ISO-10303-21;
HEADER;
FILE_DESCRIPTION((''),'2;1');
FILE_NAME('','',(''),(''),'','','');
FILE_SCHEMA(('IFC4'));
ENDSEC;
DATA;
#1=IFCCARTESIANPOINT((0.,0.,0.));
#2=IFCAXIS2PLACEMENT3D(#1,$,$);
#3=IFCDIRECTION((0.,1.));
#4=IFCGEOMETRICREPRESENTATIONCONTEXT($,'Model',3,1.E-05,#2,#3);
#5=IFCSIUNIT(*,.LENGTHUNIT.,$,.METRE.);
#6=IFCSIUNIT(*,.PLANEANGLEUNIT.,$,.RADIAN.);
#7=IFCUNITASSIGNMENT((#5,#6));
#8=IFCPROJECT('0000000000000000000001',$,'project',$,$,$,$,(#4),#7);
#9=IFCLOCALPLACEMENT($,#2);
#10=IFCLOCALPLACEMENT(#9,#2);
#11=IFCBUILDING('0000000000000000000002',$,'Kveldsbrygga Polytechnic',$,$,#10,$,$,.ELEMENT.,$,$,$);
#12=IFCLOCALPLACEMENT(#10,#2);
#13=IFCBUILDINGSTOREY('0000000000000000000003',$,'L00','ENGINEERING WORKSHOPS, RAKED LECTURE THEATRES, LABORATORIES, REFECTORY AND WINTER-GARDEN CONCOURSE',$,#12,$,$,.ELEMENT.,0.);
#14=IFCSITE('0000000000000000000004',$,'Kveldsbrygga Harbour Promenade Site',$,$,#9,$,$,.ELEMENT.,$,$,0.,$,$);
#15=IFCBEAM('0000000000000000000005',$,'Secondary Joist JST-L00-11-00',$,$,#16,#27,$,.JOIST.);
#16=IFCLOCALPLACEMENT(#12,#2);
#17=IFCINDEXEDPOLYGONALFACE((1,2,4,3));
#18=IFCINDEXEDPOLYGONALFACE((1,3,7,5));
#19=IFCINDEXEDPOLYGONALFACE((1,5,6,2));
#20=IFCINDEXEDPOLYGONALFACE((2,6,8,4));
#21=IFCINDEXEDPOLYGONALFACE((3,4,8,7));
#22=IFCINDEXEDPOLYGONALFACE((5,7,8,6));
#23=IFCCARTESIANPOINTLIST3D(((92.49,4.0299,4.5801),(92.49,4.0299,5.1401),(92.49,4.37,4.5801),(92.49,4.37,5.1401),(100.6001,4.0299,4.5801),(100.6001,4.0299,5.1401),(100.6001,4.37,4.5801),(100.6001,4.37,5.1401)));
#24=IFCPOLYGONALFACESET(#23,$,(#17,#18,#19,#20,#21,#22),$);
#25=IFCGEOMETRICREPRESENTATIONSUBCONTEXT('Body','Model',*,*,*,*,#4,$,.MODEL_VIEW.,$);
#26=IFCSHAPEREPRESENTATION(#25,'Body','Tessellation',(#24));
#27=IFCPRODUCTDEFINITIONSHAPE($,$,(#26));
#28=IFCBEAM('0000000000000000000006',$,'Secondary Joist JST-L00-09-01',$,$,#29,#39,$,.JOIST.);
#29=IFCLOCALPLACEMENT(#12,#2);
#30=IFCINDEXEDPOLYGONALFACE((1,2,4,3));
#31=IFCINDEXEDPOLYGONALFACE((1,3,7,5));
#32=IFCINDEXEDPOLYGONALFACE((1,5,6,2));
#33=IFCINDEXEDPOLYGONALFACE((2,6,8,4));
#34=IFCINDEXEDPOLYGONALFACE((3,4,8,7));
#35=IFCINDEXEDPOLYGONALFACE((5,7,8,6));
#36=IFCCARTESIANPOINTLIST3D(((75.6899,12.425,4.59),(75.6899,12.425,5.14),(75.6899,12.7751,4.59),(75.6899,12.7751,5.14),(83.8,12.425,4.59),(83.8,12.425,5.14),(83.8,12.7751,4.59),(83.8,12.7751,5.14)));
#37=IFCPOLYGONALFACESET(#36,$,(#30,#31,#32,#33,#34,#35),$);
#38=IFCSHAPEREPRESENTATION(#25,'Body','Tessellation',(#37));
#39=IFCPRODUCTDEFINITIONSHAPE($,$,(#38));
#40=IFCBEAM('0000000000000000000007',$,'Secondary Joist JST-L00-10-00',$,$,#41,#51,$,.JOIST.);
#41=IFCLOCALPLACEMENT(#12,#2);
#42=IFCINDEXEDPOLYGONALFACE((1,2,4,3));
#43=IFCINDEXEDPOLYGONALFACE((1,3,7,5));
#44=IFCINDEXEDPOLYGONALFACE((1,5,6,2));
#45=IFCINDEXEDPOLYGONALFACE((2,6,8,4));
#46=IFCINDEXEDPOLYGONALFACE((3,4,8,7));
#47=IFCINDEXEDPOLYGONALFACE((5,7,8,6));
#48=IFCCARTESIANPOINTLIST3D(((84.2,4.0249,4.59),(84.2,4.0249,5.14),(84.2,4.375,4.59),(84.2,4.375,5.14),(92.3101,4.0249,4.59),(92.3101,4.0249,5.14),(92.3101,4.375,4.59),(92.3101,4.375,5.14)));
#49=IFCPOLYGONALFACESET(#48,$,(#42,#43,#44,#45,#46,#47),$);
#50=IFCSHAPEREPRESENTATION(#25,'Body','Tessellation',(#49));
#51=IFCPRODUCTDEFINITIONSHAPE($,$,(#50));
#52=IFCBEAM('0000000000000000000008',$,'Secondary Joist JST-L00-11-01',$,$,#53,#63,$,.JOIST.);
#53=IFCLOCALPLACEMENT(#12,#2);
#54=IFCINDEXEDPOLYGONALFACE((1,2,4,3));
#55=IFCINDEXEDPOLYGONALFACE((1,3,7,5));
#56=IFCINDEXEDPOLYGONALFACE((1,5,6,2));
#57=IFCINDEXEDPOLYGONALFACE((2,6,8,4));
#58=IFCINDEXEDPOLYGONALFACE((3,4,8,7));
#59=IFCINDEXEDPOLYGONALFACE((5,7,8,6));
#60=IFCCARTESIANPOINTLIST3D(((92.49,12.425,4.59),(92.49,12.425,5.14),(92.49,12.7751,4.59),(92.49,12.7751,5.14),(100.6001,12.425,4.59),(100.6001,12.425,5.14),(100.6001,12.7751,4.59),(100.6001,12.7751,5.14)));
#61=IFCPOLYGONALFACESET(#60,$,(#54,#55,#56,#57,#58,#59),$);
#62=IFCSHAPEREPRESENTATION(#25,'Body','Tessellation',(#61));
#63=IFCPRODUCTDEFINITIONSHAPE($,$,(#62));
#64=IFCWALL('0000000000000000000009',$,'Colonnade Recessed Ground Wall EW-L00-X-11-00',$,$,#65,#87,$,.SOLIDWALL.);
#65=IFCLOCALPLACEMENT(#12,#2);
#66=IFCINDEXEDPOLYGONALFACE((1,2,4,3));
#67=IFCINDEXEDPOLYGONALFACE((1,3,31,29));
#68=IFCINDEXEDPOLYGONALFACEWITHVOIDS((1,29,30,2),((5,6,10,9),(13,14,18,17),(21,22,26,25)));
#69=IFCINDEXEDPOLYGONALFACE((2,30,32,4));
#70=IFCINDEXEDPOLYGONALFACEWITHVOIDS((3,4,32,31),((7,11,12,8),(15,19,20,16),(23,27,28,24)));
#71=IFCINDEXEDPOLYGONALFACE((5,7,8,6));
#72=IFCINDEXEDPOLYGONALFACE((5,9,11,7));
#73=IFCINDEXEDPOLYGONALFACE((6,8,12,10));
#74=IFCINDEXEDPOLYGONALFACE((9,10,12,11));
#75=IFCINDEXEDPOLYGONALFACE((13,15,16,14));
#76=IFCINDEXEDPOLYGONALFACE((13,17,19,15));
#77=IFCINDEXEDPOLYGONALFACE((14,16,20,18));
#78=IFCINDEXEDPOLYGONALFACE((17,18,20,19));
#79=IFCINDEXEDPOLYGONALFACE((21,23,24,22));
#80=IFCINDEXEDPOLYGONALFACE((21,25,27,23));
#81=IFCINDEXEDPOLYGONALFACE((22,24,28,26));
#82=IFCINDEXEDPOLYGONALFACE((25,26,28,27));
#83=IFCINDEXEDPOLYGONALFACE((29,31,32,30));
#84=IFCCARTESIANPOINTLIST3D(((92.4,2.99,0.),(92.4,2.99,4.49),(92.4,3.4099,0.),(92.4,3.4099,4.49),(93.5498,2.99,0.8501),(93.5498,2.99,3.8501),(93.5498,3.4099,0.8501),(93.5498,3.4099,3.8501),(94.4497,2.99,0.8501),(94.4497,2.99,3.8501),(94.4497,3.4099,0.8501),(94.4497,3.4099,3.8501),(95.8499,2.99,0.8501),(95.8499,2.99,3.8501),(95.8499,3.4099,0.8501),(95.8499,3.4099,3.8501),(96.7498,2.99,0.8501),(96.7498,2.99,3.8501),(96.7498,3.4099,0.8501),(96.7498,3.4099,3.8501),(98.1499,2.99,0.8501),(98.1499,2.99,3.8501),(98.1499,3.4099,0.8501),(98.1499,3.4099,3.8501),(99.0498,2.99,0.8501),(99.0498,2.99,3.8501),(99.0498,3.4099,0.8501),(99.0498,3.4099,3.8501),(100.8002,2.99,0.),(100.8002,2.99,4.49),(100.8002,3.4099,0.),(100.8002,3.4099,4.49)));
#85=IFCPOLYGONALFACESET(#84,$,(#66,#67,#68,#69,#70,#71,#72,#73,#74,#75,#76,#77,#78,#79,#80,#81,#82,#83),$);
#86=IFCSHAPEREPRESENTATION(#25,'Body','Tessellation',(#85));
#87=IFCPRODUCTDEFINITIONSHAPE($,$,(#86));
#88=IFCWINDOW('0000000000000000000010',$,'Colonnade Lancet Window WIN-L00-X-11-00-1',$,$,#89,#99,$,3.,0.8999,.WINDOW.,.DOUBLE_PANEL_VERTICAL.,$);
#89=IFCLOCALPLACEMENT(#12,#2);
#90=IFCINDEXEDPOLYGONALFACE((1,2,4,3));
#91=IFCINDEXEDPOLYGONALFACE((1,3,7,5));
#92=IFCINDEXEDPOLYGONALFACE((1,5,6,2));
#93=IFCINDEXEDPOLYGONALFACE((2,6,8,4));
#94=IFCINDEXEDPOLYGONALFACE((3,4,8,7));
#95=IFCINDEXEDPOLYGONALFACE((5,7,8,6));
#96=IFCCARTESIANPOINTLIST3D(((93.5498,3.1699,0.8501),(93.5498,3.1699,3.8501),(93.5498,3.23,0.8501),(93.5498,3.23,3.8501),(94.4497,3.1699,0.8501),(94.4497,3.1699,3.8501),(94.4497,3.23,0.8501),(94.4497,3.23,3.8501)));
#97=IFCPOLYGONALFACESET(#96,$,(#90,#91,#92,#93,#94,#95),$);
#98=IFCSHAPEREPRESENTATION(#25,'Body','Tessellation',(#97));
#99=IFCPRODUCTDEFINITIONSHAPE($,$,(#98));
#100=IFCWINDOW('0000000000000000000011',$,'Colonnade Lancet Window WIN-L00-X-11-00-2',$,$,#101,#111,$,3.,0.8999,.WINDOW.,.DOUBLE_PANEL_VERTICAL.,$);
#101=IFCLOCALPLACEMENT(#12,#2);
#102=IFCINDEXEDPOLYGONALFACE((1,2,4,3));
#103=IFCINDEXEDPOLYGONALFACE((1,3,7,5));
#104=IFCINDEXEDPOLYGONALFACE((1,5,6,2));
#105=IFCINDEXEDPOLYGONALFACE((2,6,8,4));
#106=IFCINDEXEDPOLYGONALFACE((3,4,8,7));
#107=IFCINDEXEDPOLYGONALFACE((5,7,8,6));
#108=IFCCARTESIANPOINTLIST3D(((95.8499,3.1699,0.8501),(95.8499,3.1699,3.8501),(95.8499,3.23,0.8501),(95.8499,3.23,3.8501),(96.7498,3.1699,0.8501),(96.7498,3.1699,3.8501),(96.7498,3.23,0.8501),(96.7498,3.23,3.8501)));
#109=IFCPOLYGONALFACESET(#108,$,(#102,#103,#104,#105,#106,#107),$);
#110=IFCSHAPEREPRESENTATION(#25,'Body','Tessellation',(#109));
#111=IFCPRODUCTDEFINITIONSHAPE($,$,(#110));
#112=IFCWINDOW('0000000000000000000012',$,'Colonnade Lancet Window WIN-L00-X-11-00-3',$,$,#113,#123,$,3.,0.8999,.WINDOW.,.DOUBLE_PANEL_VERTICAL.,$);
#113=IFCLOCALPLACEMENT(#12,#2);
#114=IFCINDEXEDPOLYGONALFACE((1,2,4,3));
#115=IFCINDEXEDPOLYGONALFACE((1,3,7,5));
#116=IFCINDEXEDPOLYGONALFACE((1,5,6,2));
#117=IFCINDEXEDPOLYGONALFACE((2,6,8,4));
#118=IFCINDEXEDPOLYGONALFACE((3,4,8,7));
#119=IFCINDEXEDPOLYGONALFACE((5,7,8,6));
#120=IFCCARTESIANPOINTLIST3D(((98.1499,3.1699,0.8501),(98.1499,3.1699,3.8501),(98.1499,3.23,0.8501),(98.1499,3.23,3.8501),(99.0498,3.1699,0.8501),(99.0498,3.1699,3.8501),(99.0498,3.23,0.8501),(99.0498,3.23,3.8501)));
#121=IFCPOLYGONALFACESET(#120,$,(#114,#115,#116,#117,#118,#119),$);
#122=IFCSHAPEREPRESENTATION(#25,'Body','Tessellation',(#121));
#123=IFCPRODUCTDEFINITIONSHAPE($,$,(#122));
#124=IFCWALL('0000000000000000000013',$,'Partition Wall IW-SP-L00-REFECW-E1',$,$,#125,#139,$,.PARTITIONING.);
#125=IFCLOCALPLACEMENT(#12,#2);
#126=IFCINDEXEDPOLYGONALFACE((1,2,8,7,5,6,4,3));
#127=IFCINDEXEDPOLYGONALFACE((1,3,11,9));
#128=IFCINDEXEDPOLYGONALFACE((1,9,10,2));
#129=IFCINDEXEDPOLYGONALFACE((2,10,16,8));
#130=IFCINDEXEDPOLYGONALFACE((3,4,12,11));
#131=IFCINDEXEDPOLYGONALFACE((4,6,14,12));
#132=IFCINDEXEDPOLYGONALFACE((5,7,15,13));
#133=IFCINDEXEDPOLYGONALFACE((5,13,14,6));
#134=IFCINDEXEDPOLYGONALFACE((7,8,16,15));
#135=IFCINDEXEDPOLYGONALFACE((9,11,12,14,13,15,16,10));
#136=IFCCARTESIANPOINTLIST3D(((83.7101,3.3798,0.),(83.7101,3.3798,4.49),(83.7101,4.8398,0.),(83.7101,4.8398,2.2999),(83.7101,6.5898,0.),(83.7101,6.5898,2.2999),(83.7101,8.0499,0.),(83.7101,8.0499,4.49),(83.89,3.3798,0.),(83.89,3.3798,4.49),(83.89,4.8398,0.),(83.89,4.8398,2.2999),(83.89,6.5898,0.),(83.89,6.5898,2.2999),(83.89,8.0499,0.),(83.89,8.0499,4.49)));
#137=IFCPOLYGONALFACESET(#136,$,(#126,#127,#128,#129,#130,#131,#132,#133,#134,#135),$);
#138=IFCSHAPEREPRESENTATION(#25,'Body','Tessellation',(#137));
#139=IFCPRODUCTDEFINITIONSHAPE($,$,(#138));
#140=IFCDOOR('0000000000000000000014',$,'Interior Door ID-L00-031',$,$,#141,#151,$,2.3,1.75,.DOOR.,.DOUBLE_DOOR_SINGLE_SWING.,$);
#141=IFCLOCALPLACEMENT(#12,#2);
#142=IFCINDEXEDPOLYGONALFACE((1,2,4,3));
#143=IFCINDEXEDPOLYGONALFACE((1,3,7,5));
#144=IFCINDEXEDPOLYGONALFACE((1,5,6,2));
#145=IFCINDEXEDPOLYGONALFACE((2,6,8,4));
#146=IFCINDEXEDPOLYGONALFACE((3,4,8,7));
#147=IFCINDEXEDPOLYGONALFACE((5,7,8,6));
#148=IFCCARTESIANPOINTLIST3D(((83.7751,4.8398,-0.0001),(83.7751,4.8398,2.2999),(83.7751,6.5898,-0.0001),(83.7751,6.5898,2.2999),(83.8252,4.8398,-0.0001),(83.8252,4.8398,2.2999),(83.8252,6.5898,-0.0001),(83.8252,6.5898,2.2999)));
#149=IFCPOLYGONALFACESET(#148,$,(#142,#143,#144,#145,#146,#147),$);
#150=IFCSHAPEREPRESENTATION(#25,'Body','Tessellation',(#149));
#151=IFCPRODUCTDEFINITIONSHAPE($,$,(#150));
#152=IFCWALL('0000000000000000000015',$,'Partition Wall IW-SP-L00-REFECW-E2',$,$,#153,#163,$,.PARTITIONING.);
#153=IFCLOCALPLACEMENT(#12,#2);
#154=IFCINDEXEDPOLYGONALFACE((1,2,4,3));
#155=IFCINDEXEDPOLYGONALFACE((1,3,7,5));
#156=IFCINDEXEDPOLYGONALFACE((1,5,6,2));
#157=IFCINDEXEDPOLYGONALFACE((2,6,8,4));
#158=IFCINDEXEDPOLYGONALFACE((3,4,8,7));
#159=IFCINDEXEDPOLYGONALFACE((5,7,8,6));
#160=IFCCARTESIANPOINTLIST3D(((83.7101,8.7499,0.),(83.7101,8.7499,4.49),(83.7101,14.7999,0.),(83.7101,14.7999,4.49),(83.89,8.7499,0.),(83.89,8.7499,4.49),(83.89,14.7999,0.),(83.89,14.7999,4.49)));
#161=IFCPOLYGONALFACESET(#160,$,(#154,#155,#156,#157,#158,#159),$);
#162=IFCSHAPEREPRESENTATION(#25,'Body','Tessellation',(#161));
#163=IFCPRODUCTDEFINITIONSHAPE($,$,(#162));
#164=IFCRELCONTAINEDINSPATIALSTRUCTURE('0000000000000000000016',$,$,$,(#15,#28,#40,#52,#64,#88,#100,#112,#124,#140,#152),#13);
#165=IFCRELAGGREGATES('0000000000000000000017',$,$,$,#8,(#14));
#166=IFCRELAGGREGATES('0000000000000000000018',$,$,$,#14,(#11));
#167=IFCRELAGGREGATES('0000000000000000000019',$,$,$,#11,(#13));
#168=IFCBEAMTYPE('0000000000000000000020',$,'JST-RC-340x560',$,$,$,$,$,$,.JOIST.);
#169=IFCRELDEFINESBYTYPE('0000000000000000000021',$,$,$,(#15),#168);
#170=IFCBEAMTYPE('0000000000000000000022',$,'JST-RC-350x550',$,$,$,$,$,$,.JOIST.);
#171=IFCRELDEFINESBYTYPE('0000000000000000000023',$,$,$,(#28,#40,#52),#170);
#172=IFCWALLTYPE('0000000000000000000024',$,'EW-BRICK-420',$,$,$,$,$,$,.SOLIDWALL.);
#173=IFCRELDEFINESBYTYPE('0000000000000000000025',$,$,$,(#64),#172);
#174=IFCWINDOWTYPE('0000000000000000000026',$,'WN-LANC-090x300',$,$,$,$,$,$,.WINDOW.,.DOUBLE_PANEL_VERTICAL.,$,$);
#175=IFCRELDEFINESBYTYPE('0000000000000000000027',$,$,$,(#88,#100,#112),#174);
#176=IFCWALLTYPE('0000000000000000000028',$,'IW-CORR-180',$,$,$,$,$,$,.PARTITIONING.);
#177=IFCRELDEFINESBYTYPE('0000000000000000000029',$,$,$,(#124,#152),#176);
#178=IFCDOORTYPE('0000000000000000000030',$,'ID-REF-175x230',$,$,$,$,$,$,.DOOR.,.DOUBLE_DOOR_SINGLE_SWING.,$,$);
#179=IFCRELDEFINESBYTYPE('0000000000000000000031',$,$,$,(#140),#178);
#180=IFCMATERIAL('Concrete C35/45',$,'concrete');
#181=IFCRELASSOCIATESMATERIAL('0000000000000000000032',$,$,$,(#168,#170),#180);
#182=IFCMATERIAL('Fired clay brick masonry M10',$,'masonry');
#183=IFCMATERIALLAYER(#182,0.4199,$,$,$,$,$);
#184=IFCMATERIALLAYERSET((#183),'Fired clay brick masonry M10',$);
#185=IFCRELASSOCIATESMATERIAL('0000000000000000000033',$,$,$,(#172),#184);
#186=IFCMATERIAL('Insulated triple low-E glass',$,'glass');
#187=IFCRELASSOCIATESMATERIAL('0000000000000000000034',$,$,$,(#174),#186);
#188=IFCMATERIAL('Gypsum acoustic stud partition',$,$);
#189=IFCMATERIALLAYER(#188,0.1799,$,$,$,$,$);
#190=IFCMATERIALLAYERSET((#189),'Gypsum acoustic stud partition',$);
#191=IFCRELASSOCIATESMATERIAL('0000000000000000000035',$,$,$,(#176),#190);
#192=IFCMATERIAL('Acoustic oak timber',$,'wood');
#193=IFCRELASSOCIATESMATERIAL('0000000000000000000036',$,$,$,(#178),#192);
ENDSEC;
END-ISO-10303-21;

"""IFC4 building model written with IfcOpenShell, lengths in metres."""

from ifc_helpers import new_model, si_unit, direction, frame, frame_2d, origin, origin_2d, place, context, subcontext, project, spatial, rectangle, extrude, material, layer, layer_set, material_profile, profile_set, type_object, element, fill, save


model = new_model("IFC4")

# Units and contexts
model_context = context("Model", 3, precision=1e-05, world=origin(), true_north=direction((0.0, 1.0)))
body_context = subcontext(model_context, "Body", "Model", "MODEL_VIEW")
ifc_project = project(units=[si_unit("LENGTHUNIT", "METRE"), si_unit("PLANEANGLEUNIT", "RADIAN")], contexts=[model_context])

# Site, building, storey
site_placement = place(None, origin())
site = spatial("IfcSite", under=ifc_project, at=site_placement, Name="Kveldsbrygga Harbour Promenade Site", CompositionType="ELEMENT", RefElevation=0.0)
building_placement = place(site_placement, origin())
building = spatial("IfcBuilding", under=site, at=building_placement, Name="Kveldsbrygga Polytechnic", CompositionType="ELEMENT")
storey_placement = place(building_placement, origin())
storey = spatial("IfcBuildingStorey", under=building, at=storey_placement, Name="L00", Description="ENGINEERING WORKSHOPS, RAKED LECTURE THEATRES, LABORATORIES, REFECTORY AND WINTER-GARDEN CONCOURSE", CompositionType="ELEMENT", Elevation=0.0)

# Beams
ifc_material_1 = material(Name="Concrete C35/45", Category="concrete")
ifc_material_profile_1 = material_profile(ifc_material_1, rectangle(XDim=0.3401, YDim=0.5601, at=origin_2d()), Name="RC 340x560")
ifc_profile_set_1 = profile_set([ifc_material_profile_1], Name="Concrete C35/45")
beam_type_1 = type_object("IfcBeamType", Name="JST-RC-340x560", PredefinedType="JOIST", material=ifc_profile_set_1)
for number, where, z_axis, x_axis, name in (
    (1, (92.49, 4.2, 4.8601), (1.0, 0.0, 0.0), (0.0, 1.0, 0.0), "Secondary Joist JST-L00-11-00"),
):
    element("IfcBeam", number, at=place(storey_placement, frame(where, z_axis=z_axis, x_axis=x_axis)), inside=storey, type_object=beam_type_1, Name=name, PredefinedType="JOIST", context=body_context, shape_type="SweptSolid", body=[
        extrude(rectangle(XDim=0.3401, YDim=0.5601, at=origin_2d()), origin(), (0.0, 0.0, 1.0), 8.1101),
    ])
ifc_material_profile_2 = material_profile(ifc_material_1, rectangle(XDim=0.3501, YDim=0.55, at=origin_2d()), Name="RC 350x550")
ifc_profile_set_2 = profile_set([ifc_material_profile_2], Name="Concrete C35/45")
beam_type_2 = type_object("IfcBeamType", Name="JST-RC-350x550", PredefinedType="JOIST", material=ifc_profile_set_2)
for number, where, z_axis, x_axis, name in (
    (2, (75.6899, 12.6001, 4.865), (1.0, 0.0, 0.0), (0.0, 1.0, 0.0), "Secondary Joist JST-L00-09-01"),
    (3, (84.2, 4.2, 4.865), (1.0, 0.0, 0.0), (0.0, 1.0, 0.0), "Secondary Joist JST-L00-10-00"),
    (4, (92.49, 12.6001, 4.865), (1.0, 0.0, 0.0), (0.0, 1.0, 0.0), "Secondary Joist JST-L00-11-01"),
):
    element("IfcBeam", number, at=place(storey_placement, frame(where, z_axis=z_axis, x_axis=x_axis)), inside=storey, type_object=beam_type_2, Name=name, PredefinedType="JOIST", context=body_context, shape_type="SweptSolid", body=[
        extrude(rectangle(XDim=0.3501, YDim=0.55, at=origin_2d()), origin(), (0.0, 0.0, 1.0), 8.1101),
    ])

# Wall, openings, windows
ifc_material_2 = material(Name="Fired clay brick masonry M10", Category="masonry")
ifc_layer_1 = layer(ifc_material_2, 0.4199)
ifc_layer_set_1 = layer_set([ifc_layer_1], Name="Fired clay brick masonry M10")
wall_type_1 = type_object("IfcWallType", Name="EW-BRICK-420", PredefinedType="SOLIDWALL", material=ifc_layer_set_1)
wall_1_placement = place(storey_placement, frame((92.3999, 3.2, 0.0), z_axis=(0.0, 0.0, 1.0), x_axis=(1.0, 0.0, 0.0)))
wall_1 = element("IfcWall", 5, at=wall_1_placement, inside=storey, type_object=wall_type_1, Name="Colonnade Recessed Ground Wall EW-L00-X-11-00", PredefinedType="SOLIDWALL", context=body_context, shape_type="SweptSolid", body=[
    extrude(rectangle(XDim=8.4001, YDim=0.4199, at=frame_2d((4.2002, 0.0))), origin(), (0.0, 0.0, 1.0), 4.49),
])
opening_1_placement = place(wall_1_placement, frame((1.1499, 0.0, 0.8501)))
opening_1 = element("IfcOpeningElement", 6, at=opening_1_placement, cuts=wall_1, PredefinedType="OPENING", context=body_context, shape_type="SweptSolid", body=[
    extrude(rectangle(XDim=0.8999, YDim=3.0, at=frame_2d((0.45, 1.5))), frame((0.0, 0.22, 0.0), z_axis=(0.0, -1.0, 0.0), x_axis=(1.0, 0.0, 0.0)), (0.0, 0.0, 1.0), 0.4399),
])
opening_2_placement = place(wall_1_placement, frame((3.45, 0.0, 0.8501)))
opening_2 = element("IfcOpeningElement", 7, at=opening_2_placement, cuts=wall_1, PredefinedType="OPENING", context=body_context, shape_type="SweptSolid", body=[
    extrude(rectangle(XDim=0.8999, YDim=3.0, at=frame_2d((0.45, 1.5))), frame((0.0, 0.22, 0.0), z_axis=(0.0, -1.0, 0.0), x_axis=(1.0, 0.0, 0.0)), (0.0, 0.0, 1.0), 0.4399),
])
opening_3_placement = place(wall_1_placement, frame((5.75, 0.0, 0.8501)))
opening_3 = element("IfcOpeningElement", 8, at=opening_3_placement, cuts=wall_1, PredefinedType="OPENING", context=body_context, shape_type="SweptSolid", body=[
    extrude(rectangle(XDim=0.8999, YDim=3.0, at=frame_2d((0.45, 1.5))), frame((0.0, 0.22, 0.0), z_axis=(0.0, -1.0, 0.0), x_axis=(1.0, 0.0, 0.0)), (0.0, 0.0, 1.0), 0.4399),
])
ifc_material_3 = material(Name="Insulated triple low-E glass", Category="glass")
window_type = type_object("IfcWindowType", Name="WN-LANC-090x300", PartitioningType="DOUBLE_PANEL_VERTICAL", PredefinedType="WINDOW", material=ifc_material_3)
window_1_placement = place(opening_1_placement, origin())
window_1 = element("IfcWindow", 9, at=window_1_placement, inside=storey, type_object=window_type, Name="Colonnade Lancet Window WIN-L00-X-11-00-1", OverallHeight=3.0, OverallWidth=0.8999, PartitioningType="DOUBLE_PANEL_VERTICAL", PredefinedType="WINDOW", context=body_context, shape_type="SweptSolid", body=[
    extrude(rectangle(XDim=0.8999, YDim=3.0, at=frame_2d((0.45, 1.5))), frame((0.0, 0.03, 0.0), z_axis=(0.0, -1.0, 0.0), x_axis=(1.0, 0.0, 0.0)), (0.0, 0.0, 1.0), 0.0601),
])
fill(opening_1, window_1)
window_2_placement = place(opening_2_placement, origin())
window_2 = element("IfcWindow", 10, at=window_2_placement, inside=storey, type_object=window_type, Name="Colonnade Lancet Window WIN-L00-X-11-00-2", OverallHeight=3.0, OverallWidth=0.8999, PartitioningType="DOUBLE_PANEL_VERTICAL", PredefinedType="WINDOW", context=body_context, shape_type="SweptSolid", body=[
    extrude(rectangle(XDim=0.8999, YDim=3.0, at=frame_2d((0.45, 1.5))), frame((0.0, 0.03, 0.0), z_axis=(0.0, -1.0, 0.0), x_axis=(1.0, 0.0, 0.0)), (0.0, 0.0, 1.0), 0.0601),
])
fill(opening_2, window_2)
window_3_placement = place(opening_3_placement, origin())
window_3 = element("IfcWindow", 11, at=window_3_placement, inside=storey, type_object=window_type, Name="Colonnade Lancet Window WIN-L00-X-11-00-3", OverallHeight=3.0, OverallWidth=0.8999, PartitioningType="DOUBLE_PANEL_VERTICAL", PredefinedType="WINDOW", context=body_context, shape_type="SweptSolid", body=[
    extrude(rectangle(XDim=0.8999, YDim=3.0, at=frame_2d((0.45, 1.5))), frame((0.0, 0.03, 0.0), z_axis=(0.0, -1.0, 0.0), x_axis=(1.0, 0.0, 0.0)), (0.0, 0.0, 1.0), 0.0601),
])
fill(opening_3, window_3)

# Wall, opening, door
ifc_material_4 = material(Name="Gypsum acoustic stud partition")
ifc_layer_2 = layer(ifc_material_4, 0.1799)
ifc_layer_set_2 = layer_set([ifc_layer_2], Name="Gypsum acoustic stud partition")
wall_type_2 = type_object("IfcWallType", Name="IW-CORR-180", PredefinedType="PARTITIONING", material=ifc_layer_set_2)
wall_2_placement = place(storey_placement, frame((83.8, 3.3799, 0.0), z_axis=(0.0, 0.0, 1.0), x_axis=(0.0, 1.0, 0.0)))
wall_2 = element("IfcWall", 12, at=wall_2_placement, inside=storey, type_object=wall_type_2, Name="Partition Wall IW-SP-L00-REFECW-E1", PredefinedType="PARTITIONING", context=body_context, shape_type="SweptSolid", body=[
    extrude(rectangle(XDim=4.6702, YDim=0.1799, at=frame_2d((2.335, 0.0))), origin(), (0.0, 0.0, 1.0), 4.49),
])
opening_4_placement = place(wall_2_placement, frame((1.46, 0.0, 0.0)))
opening_4 = element("IfcOpeningElement", 13, at=opening_4_placement, cuts=wall_2, PredefinedType="OPENING", context=body_context, shape_type="SweptSolid", body=[
    extrude(rectangle(XDim=1.75, YDim=2.3, at=frame_2d((0.875, 1.1499))), frame((0.0, 0.1001, 0.0), z_axis=(0.0, -1.0, 0.0), x_axis=(1.0, 0.0, 0.0)), (0.0, 0.0, 1.0), 0.2),
])
ifc_material_5 = material(Name="Acoustic oak timber", Category="wood")
door_type = type_object("IfcDoorType", Name="ID-REF-175x230", OperationType="DOUBLE_DOOR_SINGLE_SWING", PredefinedType="DOOR", material=ifc_material_5)
door_placement = place(opening_4_placement, origin())
door = element("IfcDoor", 14, at=door_placement, inside=storey, type_object=door_type, Name="Interior Door ID-L00-031", OperationType="DOUBLE_DOOR_SINGLE_SWING", OverallHeight=2.3, OverallWidth=1.75, PredefinedType="DOOR", context=body_context, shape_type="SweptSolid", body=[
    extrude(rectangle(XDim=1.75, YDim=2.3, at=frame_2d((0.875, 1.1499))), frame((0.0, 0.0249, 0.0), z_axis=(0.0, -1.0, 0.0), x_axis=(1.0, 0.0, 0.0)), (0.0, 0.0, 1.0), 0.05),
])
fill(opening_4, door)

# Wall
wall_3_placement = place(storey_placement, frame((83.8, 8.75, 0.0), z_axis=(0.0, 0.0, 1.0), x_axis=(0.0, 1.0, 0.0)))
element("IfcWall", 15, at=wall_3_placement, inside=storey, type_object=wall_type_2, Name="Partition Wall IW-SP-L00-REFECW-E2", PredefinedType="PARTITIONING", context=body_context, shape_type="SweptSolid", body=[
    extrude(rectangle(XDim=6.05, YDim=0.1799, at=frame_2d((3.0249, 0.0))), origin(), (0.0, 0.0, 1.0), 4.49),
])

save(model, "model.ifc")
